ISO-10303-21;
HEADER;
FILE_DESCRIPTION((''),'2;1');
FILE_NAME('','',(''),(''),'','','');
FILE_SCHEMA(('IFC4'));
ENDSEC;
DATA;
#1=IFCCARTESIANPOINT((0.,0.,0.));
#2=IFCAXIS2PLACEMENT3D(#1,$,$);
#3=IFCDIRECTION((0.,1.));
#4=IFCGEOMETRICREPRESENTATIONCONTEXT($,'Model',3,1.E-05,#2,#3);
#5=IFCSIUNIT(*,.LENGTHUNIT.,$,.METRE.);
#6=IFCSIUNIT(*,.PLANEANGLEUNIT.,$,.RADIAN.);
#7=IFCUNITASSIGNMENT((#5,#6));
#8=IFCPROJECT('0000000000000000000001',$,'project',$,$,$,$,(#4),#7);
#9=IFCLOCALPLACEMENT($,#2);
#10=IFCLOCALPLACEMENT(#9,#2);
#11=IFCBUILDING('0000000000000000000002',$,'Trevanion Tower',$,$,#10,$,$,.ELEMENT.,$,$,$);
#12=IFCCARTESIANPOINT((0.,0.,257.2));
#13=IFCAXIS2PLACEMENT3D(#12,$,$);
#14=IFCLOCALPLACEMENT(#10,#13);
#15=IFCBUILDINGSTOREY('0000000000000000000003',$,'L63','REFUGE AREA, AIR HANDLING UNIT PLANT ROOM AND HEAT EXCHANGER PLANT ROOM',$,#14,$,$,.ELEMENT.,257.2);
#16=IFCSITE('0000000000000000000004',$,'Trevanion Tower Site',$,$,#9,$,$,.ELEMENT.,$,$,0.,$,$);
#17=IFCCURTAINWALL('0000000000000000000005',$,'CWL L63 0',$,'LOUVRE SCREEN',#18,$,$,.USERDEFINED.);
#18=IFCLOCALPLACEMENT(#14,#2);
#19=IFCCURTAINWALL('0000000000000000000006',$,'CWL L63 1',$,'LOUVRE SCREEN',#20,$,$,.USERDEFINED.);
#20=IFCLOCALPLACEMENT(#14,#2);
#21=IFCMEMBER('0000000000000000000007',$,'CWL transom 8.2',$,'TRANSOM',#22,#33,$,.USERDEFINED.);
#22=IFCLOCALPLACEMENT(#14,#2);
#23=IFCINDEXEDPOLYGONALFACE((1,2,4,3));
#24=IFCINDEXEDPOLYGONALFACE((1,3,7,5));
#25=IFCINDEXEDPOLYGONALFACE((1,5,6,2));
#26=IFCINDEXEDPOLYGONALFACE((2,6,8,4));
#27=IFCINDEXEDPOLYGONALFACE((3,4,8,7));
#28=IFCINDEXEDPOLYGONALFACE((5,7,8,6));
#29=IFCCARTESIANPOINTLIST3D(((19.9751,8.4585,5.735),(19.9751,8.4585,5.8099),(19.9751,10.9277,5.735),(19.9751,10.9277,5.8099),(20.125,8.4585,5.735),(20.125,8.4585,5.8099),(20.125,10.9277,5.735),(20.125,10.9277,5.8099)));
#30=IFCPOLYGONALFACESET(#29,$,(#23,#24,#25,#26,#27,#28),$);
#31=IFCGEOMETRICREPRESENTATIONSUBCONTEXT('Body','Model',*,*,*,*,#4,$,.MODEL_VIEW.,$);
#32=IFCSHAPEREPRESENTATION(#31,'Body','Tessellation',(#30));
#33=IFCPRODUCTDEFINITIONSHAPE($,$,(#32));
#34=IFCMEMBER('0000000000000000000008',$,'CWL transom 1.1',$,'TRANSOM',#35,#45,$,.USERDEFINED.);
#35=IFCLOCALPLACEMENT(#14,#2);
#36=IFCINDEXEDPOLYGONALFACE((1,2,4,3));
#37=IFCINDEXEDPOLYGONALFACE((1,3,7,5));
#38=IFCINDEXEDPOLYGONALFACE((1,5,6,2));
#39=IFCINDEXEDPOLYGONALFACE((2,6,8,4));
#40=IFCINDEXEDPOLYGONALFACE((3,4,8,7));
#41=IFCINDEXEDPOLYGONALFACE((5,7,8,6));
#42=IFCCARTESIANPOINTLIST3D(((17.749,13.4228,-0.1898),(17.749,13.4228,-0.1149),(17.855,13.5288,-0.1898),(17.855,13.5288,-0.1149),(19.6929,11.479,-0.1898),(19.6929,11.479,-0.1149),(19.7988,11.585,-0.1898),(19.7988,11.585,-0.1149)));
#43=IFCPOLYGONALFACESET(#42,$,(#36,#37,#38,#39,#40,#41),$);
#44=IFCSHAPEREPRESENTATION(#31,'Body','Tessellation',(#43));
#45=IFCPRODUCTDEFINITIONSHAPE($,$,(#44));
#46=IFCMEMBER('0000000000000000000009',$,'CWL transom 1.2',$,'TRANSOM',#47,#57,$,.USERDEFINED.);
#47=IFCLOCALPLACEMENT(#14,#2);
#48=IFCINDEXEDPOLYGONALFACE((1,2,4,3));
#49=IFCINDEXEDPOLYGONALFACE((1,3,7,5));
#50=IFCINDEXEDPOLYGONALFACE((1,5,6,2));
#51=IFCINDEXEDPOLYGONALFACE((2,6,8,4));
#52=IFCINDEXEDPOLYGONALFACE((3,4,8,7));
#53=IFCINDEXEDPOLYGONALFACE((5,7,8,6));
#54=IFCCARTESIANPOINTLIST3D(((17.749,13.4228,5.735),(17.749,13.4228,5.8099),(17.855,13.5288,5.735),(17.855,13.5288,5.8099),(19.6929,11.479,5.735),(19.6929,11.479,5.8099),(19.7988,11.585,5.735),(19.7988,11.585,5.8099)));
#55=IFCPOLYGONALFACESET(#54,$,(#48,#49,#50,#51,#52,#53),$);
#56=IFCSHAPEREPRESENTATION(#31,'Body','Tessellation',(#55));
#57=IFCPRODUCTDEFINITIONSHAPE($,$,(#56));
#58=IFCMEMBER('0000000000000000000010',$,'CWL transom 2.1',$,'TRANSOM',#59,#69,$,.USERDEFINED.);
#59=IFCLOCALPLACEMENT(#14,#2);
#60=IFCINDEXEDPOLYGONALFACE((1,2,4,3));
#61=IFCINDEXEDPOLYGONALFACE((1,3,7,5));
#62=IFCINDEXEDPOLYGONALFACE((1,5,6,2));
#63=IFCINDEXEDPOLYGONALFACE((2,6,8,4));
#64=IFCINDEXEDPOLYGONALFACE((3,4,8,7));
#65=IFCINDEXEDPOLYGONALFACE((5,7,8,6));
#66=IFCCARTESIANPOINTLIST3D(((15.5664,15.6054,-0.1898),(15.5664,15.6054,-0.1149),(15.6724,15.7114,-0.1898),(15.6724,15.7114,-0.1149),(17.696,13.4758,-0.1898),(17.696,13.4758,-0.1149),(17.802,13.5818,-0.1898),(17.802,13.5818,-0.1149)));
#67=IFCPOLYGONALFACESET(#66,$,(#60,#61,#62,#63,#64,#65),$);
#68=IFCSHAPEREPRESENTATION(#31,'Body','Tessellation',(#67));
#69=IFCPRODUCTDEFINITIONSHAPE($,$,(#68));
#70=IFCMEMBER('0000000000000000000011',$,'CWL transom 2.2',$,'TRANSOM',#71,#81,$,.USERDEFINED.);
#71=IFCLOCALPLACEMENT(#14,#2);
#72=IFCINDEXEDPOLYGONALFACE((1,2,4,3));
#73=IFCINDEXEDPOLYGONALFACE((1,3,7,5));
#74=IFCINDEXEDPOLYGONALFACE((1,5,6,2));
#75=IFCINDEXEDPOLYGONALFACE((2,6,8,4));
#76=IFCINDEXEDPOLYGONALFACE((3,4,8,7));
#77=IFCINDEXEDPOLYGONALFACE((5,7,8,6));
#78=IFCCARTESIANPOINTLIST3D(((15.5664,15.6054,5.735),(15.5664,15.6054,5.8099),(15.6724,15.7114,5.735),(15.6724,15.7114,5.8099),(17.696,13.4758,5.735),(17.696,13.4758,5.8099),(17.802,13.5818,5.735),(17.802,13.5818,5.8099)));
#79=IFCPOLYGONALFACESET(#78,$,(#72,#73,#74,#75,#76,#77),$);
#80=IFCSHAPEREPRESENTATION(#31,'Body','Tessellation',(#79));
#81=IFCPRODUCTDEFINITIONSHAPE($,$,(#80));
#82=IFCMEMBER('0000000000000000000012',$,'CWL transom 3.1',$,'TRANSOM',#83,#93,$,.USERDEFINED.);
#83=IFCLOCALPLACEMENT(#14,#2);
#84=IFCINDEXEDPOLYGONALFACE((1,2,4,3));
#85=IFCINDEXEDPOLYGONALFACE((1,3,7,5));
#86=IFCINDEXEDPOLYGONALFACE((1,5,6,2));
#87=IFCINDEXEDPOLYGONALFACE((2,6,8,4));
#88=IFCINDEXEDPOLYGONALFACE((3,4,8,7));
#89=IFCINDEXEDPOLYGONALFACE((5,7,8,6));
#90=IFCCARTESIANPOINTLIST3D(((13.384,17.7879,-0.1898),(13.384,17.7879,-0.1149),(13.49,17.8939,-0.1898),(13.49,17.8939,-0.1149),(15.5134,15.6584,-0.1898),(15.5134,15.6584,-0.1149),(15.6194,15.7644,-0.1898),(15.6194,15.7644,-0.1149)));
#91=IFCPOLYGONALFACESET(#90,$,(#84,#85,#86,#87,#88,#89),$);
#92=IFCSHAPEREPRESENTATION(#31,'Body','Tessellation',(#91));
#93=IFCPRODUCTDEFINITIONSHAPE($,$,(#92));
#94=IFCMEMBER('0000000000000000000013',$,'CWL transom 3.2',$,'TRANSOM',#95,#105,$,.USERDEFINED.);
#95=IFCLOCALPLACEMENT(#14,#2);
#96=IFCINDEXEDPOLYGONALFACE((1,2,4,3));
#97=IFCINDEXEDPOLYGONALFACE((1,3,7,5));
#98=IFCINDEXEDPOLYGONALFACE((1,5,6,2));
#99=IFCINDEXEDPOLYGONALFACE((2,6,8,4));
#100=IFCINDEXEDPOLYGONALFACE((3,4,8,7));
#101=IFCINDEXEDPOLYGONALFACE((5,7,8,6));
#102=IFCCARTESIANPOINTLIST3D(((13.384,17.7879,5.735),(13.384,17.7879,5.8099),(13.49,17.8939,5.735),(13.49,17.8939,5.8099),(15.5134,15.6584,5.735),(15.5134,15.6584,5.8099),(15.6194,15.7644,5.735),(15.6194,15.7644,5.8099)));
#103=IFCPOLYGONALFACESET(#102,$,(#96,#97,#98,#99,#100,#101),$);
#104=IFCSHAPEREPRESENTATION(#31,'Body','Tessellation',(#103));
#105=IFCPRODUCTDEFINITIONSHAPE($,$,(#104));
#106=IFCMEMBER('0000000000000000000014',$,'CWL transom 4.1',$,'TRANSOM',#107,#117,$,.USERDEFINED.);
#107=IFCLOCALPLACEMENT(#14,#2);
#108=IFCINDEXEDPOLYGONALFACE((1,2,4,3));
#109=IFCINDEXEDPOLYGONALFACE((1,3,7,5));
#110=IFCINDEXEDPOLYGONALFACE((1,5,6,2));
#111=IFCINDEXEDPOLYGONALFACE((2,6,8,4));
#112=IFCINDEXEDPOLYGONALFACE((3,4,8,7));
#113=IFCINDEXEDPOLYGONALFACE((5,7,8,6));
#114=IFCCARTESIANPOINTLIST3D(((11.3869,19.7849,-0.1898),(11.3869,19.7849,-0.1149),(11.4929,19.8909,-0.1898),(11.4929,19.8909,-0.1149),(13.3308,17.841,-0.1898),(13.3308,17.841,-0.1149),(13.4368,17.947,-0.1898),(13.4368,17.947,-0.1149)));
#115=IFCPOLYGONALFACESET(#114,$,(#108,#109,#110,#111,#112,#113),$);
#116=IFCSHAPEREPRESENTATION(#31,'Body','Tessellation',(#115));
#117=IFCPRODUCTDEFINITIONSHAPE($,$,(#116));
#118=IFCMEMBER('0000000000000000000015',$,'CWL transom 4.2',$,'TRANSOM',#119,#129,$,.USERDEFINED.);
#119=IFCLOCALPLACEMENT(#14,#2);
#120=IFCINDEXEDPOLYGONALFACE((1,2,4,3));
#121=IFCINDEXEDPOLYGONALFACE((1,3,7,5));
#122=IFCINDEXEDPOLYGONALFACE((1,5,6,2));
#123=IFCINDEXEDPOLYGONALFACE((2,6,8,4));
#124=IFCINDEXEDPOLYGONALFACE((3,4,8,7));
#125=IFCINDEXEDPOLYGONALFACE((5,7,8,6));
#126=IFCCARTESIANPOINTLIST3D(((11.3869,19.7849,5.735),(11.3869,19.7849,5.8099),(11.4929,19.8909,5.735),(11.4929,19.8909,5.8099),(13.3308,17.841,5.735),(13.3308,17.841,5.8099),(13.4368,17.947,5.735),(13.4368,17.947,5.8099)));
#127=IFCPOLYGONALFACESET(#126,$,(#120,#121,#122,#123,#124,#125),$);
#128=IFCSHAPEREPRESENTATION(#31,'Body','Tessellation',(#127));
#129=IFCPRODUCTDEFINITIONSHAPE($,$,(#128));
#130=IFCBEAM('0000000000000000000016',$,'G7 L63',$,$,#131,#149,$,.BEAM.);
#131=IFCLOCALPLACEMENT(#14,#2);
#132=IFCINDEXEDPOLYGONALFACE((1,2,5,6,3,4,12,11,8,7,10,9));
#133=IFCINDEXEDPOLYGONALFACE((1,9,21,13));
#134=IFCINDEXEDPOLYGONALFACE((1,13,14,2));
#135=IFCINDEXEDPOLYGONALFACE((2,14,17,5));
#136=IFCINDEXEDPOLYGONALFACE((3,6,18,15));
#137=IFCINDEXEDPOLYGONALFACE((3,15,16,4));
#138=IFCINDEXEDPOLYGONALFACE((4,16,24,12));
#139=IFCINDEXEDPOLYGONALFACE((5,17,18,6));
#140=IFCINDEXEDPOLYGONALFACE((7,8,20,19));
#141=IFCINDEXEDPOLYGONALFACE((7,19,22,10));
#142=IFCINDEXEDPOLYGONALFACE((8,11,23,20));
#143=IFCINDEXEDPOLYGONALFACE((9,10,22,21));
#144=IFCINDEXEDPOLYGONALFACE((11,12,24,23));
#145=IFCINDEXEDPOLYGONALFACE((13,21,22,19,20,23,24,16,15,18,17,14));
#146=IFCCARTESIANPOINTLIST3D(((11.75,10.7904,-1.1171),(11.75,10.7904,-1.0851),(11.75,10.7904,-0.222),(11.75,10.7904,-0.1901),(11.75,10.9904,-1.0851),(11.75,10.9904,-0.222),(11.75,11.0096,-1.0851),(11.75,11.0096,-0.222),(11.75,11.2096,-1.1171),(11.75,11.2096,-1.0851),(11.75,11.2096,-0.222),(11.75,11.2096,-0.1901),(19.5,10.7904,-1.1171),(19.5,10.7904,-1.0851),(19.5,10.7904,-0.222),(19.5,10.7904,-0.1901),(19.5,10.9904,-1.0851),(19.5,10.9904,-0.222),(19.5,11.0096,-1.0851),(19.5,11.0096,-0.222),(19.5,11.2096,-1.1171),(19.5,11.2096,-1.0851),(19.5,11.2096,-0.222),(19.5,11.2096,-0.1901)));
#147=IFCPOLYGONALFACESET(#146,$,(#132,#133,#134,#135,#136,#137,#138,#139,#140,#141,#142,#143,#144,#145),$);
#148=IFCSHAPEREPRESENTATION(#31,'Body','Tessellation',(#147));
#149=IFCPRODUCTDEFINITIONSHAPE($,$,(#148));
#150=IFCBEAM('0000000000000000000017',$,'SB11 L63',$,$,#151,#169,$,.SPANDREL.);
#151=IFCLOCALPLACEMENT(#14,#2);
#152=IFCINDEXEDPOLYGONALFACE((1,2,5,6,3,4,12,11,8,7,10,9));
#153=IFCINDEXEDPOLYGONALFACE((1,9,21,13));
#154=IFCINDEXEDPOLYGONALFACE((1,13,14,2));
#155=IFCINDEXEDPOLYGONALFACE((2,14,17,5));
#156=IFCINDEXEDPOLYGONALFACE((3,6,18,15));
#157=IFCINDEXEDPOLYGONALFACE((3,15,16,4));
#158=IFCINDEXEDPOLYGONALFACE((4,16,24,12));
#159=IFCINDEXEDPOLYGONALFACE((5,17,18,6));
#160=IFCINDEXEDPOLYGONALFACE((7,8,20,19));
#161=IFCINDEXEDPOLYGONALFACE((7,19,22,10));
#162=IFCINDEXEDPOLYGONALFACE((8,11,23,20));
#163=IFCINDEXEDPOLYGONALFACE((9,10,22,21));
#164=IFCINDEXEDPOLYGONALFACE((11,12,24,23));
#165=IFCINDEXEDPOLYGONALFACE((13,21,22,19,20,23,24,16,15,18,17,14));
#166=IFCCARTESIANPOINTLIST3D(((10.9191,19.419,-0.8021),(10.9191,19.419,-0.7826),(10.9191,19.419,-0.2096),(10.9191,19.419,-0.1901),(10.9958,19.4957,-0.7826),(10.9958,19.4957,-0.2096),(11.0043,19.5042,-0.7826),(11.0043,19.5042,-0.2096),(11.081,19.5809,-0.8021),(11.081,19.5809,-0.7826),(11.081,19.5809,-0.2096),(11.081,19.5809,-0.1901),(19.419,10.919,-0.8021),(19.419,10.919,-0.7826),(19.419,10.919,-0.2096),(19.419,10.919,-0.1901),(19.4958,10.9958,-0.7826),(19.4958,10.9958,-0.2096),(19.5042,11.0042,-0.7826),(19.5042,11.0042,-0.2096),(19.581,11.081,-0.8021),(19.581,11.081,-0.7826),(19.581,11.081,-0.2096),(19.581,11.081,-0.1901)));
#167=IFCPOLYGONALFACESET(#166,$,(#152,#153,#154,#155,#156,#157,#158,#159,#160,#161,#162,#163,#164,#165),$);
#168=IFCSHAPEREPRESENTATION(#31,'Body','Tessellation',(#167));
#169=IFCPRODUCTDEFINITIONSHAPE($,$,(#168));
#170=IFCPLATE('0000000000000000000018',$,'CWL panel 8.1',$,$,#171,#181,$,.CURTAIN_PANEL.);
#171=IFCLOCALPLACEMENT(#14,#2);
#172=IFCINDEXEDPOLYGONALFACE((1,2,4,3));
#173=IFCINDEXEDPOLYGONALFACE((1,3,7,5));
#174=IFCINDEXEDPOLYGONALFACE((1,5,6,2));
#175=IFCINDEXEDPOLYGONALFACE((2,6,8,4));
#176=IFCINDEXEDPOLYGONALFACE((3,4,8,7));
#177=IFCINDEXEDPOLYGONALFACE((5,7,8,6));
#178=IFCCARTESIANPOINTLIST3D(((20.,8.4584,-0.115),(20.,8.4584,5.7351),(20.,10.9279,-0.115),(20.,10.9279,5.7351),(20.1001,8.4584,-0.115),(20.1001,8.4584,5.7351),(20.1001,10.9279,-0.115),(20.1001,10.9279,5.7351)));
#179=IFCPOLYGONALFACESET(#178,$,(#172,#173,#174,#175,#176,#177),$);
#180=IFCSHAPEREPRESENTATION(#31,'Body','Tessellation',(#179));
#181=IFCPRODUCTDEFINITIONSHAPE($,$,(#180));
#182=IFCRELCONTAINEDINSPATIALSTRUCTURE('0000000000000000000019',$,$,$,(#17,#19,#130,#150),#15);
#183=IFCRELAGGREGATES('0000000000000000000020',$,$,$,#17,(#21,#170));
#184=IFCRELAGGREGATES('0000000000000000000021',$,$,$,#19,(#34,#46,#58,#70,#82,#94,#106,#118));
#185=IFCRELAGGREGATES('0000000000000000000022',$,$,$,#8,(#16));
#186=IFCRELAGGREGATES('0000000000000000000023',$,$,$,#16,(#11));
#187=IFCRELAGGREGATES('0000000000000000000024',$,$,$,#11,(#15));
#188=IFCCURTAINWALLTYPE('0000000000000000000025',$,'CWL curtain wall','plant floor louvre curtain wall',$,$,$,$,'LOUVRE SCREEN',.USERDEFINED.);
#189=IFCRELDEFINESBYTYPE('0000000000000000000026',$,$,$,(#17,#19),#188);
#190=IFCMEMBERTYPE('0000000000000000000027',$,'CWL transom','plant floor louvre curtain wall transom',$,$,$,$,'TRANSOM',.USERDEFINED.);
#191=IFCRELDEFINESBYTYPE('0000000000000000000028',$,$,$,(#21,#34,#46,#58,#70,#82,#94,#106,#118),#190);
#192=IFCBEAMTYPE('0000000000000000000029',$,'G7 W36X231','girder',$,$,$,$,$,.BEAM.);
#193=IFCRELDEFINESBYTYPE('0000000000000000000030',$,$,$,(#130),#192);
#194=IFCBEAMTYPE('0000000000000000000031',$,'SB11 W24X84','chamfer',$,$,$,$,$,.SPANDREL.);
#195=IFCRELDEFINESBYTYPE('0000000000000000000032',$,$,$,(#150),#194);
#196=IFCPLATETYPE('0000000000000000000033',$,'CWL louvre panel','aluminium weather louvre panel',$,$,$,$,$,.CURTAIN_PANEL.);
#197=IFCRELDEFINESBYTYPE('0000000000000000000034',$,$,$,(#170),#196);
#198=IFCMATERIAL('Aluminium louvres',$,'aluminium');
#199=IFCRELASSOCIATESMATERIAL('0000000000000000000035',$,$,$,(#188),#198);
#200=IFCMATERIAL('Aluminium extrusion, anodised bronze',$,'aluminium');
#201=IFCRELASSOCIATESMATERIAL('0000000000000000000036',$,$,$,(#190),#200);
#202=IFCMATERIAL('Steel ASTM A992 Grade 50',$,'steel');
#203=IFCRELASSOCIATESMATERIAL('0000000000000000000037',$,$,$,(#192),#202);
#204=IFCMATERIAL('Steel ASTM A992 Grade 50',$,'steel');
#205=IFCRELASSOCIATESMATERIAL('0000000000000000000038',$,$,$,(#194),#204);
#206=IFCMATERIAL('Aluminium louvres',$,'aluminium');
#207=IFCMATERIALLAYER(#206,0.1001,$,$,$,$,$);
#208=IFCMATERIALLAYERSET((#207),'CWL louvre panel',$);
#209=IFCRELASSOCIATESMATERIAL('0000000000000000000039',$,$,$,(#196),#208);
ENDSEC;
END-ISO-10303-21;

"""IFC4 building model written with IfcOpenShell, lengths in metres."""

from ifc_helpers import new_model, si_unit, direction, frame, origin, origin_2d, place, context, subcontext, project, spatial, rectangle, i_section, extrude, material, layer, layer_set, material_profile, profile_set, type_object, element, aggregate, save


model = new_model("IFC4")

# Units and contexts
model_context = context("Model", 3, precision=1e-05, world=origin(), true_north=direction((0.0, 1.0)))
body_context = subcontext(model_context, "Body", "Model", "MODEL_VIEW")
ifc_project = project(units=[si_unit("LENGTHUNIT", "METRE"), si_unit("PLANEANGLEUNIT", "RADIAN")], contexts=[model_context])

# Site, building, storey
site_placement = place(None, origin())
site = spatial("IfcSite", under=ifc_project, at=site_placement, Name="Trevanion Tower Site", CompositionType="ELEMENT", RefElevation=0.0)
building_placement = place(site_placement, origin())
building = spatial("IfcBuilding", under=site, at=building_placement, Name="Trevanion Tower", CompositionType="ELEMENT")
storey_placement = place(building_placement, frame((0.0, 0.0, 257.2)))
storey = spatial("IfcBuildingStorey", under=building, at=storey_placement, Name="L63", Description="REFUGE AREA, AIR HANDLING UNIT PLANT ROOM AND HEAT EXCHANGER PLANT ROOM", CompositionType="ELEMENT", Elevation=257.2)

# Curtain wall
ifc_material_1 = material(Name="Aluminium louvres", Category="aluminium")
curtain_wall_type = type_object("IfcCurtainWallType", Name="CWL curtain wall", Description="plant floor louvre curtain wall", ElementType="LOUVRE SCREEN", PredefinedType="USERDEFINED", material=ifc_material_1)
curtain_wall_1_placement = place(storey_placement, origin())
curtain_wall_1 = element("IfcCurtainWall", 1, at=curtain_wall_1_placement, inside=storey, type_object=curtain_wall_type, Name="CWL L63 0", ObjectType="LOUVRE SCREEN", PredefinedType="USERDEFINED")

# Curtain wall
curtain_wall_2_placement = place(storey_placement, origin())
curtain_wall_2 = element("IfcCurtainWall", 2, at=curtain_wall_2_placement, inside=storey, type_object=curtain_wall_type, Name="CWL L63 1", ObjectType="LOUVRE SCREEN", PredefinedType="USERDEFINED")

# Members
ifc_material_2 = material(Name="Aluminium extrusion, anodised bronze", Category="aluminium")
ifc_material_profile_1 = material_profile(ifc_material_2, rectangle(XDim=0.1499, YDim=0.075, at=origin_2d()), Name="CWL transom")
ifc_profile_set_1 = profile_set([ifc_material_profile_1], Name="Aluminium extrusion, anodised bronze")
member_type_1 = type_object("IfcMemberType", Name="CWL transom", Description="plant floor louvre curtain wall transom", ElementType="TRANSOM", PredefinedType="USERDEFINED", material=ifc_profile_set_1)
member_1_placement = place(storey_placement, frame((20.05, 8.4585, 5.7725), z_axis=(0.0, 1.0, 0.0), x_axis=(-1.0, 0.0, 0.0)))
member_1 = element("IfcMember", 3, at=member_1_placement, type_object=member_type_1, Name="CWL transom 8.2", ObjectType="TRANSOM", PredefinedType="USERDEFINED", context=body_context, shape_type="SweptSolid", body=[
    extrude(rectangle(XDim=0.1499, YDim=0.075, at=origin_2d()), origin(), (0.0, 0.0, 1.0), 2.4692),
])
member_2_placement = place(storey_placement, frame((19.7458, 11.532, -0.1523), z_axis=(-0.707107, 0.707107, 0.0), x_axis=(-0.707107, -0.707107, 0.0)))
member_2 = element("IfcMember", 4, at=member_2_placement, type_object=member_type_1, Name="CWL transom 1.1", ObjectType="TRANSOM", PredefinedType="USERDEFINED", context=body_context, shape_type="SweptSolid", body=[
    extrude(rectangle(XDim=0.1499, YDim=0.075, at=origin_2d()), origin(), (0.0, 0.0, 1.0), 2.749),
])
member_3_placement = place(storey_placement, frame((19.7458, 11.532, 5.7725), z_axis=(-0.707107, 0.707107, 0.0), x_axis=(-0.707107, -0.707107, 0.0)))
member_3 = element("IfcMember", 5, at=member_3_placement, type_object=member_type_1, Name="CWL transom 1.2", ObjectType="TRANSOM", PredefinedType="USERDEFINED", context=body_context, shape_type="SweptSolid", body=[
    extrude(rectangle(XDim=0.1499, YDim=0.075, at=origin_2d()), origin(), (0.0, 0.0, 1.0), 2.749),
])
member_4_placement = place(storey_placement, frame((17.749, 13.5288, -0.1523), z_axis=(-0.707107, 0.707107, 0.0), x_axis=(-0.707107, -0.707107, 0.0)))
member_4 = element("IfcMember", 6, at=member_4_placement, type_object=member_type_1, Name="CWL transom 2.1", ObjectType="TRANSOM", PredefinedType="USERDEFINED", context=body_context, shape_type="SweptSolid", body=[
    extrude(rectangle(XDim=0.1499, YDim=0.075, at=origin_2d()), origin(), (0.0, 0.0, 1.0), 3.0117),
])
member_5_placement = place(storey_placement, frame((17.749, 13.5288, 5.7725), z_axis=(-0.707107, 0.707107, 0.0), x_axis=(-0.707107, -0.707107, 0.0)))
member_5 = element("IfcMember", 7, at=member_5_placement, type_object=member_type_1, Name="CWL transom 2.2", ObjectType="TRANSOM", PredefinedType="USERDEFINED", context=body_context, shape_type="SweptSolid", body=[
    extrude(rectangle(XDim=0.1499, YDim=0.075, at=origin_2d()), origin(), (0.0, 0.0, 1.0), 3.0117),
])
member_6_placement = place(storey_placement, frame((15.5664, 15.7114, -0.1523), z_axis=(-0.707107, 0.707107, 0.0), x_axis=(-0.707107, -0.707107, 0.0)))
member_6 = element("IfcMember", 8, at=member_6_placement, type_object=member_type_1, Name="CWL transom 3.1", ObjectType="TRANSOM", PredefinedType="USERDEFINED", context=body_context, shape_type="SweptSolid", body=[
    extrude(rectangle(XDim=0.1499, YDim=0.075, at=origin_2d()), origin(), (0.0, 0.0, 1.0), 3.0115),
])
member_7_placement = place(storey_placement, frame((15.5664, 15.7114, 5.7725), z_axis=(-0.707107, 0.707107, 0.0), x_axis=(-0.707107, -0.707107, 0.0)))
member_7 = element("IfcMember", 9, at=member_7_placement, type_object=member_type_1, Name="CWL transom 3.2", ObjectType="TRANSOM", PredefinedType="USERDEFINED", context=body_context, shape_type="SweptSolid", body=[
    extrude(rectangle(XDim=0.1499, YDim=0.075, at=origin_2d()), origin(), (0.0, 0.0, 1.0), 3.0115),
])
member_8_placement = place(storey_placement, frame((13.3838, 17.894, -0.1523), z_axis=(-0.707107, 0.707107, 0.0), x_axis=(-0.707107, -0.707107, 0.0)))
member_8 = element("IfcMember", 10, at=member_8_placement, type_object=member_type_1, Name="CWL transom 4.1", ObjectType="TRANSOM", PredefinedType="USERDEFINED", context=body_context, shape_type="SweptSolid", body=[
    extrude(rectangle(XDim=0.1499, YDim=0.075, at=origin_2d()), origin(), (0.0, 0.0, 1.0), 2.749),
])
member_9_placement = place(storey_placement, frame((13.3838, 17.894, 5.7725), z_axis=(-0.707107, 0.707107, 0.0), x_axis=(-0.707107, -0.707107, 0.0)))
member_9 = element("IfcMember", 11, at=member_9_placement, type_object=member_type_1, Name="CWL transom 4.2", ObjectType="TRANSOM", PredefinedType="USERDEFINED", context=body_context, shape_type="SweptSolid", body=[
    extrude(rectangle(XDim=0.1499, YDim=0.075, at=origin_2d()), origin(), (0.0, 0.0, 1.0), 2.749),
])

# Beams
ifc_material_3 = material(Name="Steel ASTM A992 Grade 50", Category="steel")
ifc_material_profile_2 = material_profile(ifc_material_3, i_section(OverallWidth=0.4192, OverallDepth=0.927, WebThickness=0.0193, FlangeThickness=0.032, at=origin_2d()), Name="W36X231")
ifc_profile_set_2 = profile_set([ifc_material_profile_2], Name="Steel ASTM A992 Grade 50")
beam_type_1 = type_object("IfcBeamType", Name="G7 W36X231", Description="girder", PredefinedType="BEAM", material=ifc_profile_set_2)
beam_1_placement = place(storey_placement, frame((11.75, 11.0, -0.6536), z_axis=(1.0, 0.0, 0.0), x_axis=(0.0, 1.0, 0.0)))
element("IfcBeam", 12, at=beam_1_placement, inside=storey, type_object=beam_type_1, Name="G7 L63", PredefinedType="BEAM", context=body_context, shape_type="SweptSolid", body=[
    extrude(i_section(OverallWidth=0.4192, OverallDepth=0.927, WebThickness=0.0193, FlangeThickness=0.032, at=origin_2d()), origin(), (0.0, 0.0, 1.0), 7.75),
])
ifc_material_4 = material(Name="Steel ASTM A992 Grade 50", Category="steel")
ifc_material_profile_3 = material_profile(ifc_material_4, i_section(OverallWidth=0.229, OverallDepth=0.6121, WebThickness=0.012, FlangeThickness=0.0195, at=origin_2d()), Name="W24X84")
ifc_profile_set_3 = profile_set([ifc_material_profile_3], Name="Steel ASTM A992 Grade 50")
beam_type_2 = type_object("IfcBeamType", Name="SB11 W24X84", Description="chamfer", PredefinedType="SPANDREL", material=ifc_profile_set_3)
beam_2_placement = place(storey_placement, frame((19.5, 11.0, -0.4961), z_axis=(-0.707107, 0.707107, 0.0), x_axis=(-0.707107, -0.707107, 0.0)))
element("IfcBeam", 13, at=beam_2_placement, inside=storey, type_object=beam_type_2, Name="SB11 L63", PredefinedType="SPANDREL", context=body_context, shape_type="SweptSolid", body=[
    extrude(i_section(OverallWidth=0.229, OverallDepth=0.6121, WebThickness=0.012, FlangeThickness=0.0195, at=origin_2d()), origin(), (0.0, 0.0, 1.0), 12.0208),
])

# Plate
ifc_material_5 = material(Name="Aluminium louvres", Category="aluminium")
ifc_layer_1 = layer(ifc_material_5, 0.1001)
ifc_layer_set_1 = layer_set([ifc_layer_1], Name="CWL louvre panel")
plate_type = type_object("IfcPlateType", Name="CWL louvre panel", Description="aluminium weather louvre panel", PredefinedType="CURTAIN_PANEL", material=ifc_layer_set_1)
plate_1_placement = place(storey_placement, frame((20.05, 9.6931, -0.115), z_axis=(0.0, 0.0, 1.0), x_axis=(0.0, 1.0, 0.0)))
plate_1 = element("IfcPlate", 14, at=plate_1_placement, type_object=plate_type, Name="CWL panel 8.1", PredefinedType="CURTAIN_PANEL", context=body_context, shape_type="SweptSolid", body=[
    extrude(rectangle(XDim=2.4695, YDim=0.1001, at=origin_2d()), origin(), (0.0, 0.0, 1.0), 5.8501),
])
aggregate(curtain_wall_1, [member_1, plate_1])
aggregate(curtain_wall_2, [member_2, member_3, member_4, member_5, member_6, member_7, member_8, member_9])

save(model, "model.ifc")
